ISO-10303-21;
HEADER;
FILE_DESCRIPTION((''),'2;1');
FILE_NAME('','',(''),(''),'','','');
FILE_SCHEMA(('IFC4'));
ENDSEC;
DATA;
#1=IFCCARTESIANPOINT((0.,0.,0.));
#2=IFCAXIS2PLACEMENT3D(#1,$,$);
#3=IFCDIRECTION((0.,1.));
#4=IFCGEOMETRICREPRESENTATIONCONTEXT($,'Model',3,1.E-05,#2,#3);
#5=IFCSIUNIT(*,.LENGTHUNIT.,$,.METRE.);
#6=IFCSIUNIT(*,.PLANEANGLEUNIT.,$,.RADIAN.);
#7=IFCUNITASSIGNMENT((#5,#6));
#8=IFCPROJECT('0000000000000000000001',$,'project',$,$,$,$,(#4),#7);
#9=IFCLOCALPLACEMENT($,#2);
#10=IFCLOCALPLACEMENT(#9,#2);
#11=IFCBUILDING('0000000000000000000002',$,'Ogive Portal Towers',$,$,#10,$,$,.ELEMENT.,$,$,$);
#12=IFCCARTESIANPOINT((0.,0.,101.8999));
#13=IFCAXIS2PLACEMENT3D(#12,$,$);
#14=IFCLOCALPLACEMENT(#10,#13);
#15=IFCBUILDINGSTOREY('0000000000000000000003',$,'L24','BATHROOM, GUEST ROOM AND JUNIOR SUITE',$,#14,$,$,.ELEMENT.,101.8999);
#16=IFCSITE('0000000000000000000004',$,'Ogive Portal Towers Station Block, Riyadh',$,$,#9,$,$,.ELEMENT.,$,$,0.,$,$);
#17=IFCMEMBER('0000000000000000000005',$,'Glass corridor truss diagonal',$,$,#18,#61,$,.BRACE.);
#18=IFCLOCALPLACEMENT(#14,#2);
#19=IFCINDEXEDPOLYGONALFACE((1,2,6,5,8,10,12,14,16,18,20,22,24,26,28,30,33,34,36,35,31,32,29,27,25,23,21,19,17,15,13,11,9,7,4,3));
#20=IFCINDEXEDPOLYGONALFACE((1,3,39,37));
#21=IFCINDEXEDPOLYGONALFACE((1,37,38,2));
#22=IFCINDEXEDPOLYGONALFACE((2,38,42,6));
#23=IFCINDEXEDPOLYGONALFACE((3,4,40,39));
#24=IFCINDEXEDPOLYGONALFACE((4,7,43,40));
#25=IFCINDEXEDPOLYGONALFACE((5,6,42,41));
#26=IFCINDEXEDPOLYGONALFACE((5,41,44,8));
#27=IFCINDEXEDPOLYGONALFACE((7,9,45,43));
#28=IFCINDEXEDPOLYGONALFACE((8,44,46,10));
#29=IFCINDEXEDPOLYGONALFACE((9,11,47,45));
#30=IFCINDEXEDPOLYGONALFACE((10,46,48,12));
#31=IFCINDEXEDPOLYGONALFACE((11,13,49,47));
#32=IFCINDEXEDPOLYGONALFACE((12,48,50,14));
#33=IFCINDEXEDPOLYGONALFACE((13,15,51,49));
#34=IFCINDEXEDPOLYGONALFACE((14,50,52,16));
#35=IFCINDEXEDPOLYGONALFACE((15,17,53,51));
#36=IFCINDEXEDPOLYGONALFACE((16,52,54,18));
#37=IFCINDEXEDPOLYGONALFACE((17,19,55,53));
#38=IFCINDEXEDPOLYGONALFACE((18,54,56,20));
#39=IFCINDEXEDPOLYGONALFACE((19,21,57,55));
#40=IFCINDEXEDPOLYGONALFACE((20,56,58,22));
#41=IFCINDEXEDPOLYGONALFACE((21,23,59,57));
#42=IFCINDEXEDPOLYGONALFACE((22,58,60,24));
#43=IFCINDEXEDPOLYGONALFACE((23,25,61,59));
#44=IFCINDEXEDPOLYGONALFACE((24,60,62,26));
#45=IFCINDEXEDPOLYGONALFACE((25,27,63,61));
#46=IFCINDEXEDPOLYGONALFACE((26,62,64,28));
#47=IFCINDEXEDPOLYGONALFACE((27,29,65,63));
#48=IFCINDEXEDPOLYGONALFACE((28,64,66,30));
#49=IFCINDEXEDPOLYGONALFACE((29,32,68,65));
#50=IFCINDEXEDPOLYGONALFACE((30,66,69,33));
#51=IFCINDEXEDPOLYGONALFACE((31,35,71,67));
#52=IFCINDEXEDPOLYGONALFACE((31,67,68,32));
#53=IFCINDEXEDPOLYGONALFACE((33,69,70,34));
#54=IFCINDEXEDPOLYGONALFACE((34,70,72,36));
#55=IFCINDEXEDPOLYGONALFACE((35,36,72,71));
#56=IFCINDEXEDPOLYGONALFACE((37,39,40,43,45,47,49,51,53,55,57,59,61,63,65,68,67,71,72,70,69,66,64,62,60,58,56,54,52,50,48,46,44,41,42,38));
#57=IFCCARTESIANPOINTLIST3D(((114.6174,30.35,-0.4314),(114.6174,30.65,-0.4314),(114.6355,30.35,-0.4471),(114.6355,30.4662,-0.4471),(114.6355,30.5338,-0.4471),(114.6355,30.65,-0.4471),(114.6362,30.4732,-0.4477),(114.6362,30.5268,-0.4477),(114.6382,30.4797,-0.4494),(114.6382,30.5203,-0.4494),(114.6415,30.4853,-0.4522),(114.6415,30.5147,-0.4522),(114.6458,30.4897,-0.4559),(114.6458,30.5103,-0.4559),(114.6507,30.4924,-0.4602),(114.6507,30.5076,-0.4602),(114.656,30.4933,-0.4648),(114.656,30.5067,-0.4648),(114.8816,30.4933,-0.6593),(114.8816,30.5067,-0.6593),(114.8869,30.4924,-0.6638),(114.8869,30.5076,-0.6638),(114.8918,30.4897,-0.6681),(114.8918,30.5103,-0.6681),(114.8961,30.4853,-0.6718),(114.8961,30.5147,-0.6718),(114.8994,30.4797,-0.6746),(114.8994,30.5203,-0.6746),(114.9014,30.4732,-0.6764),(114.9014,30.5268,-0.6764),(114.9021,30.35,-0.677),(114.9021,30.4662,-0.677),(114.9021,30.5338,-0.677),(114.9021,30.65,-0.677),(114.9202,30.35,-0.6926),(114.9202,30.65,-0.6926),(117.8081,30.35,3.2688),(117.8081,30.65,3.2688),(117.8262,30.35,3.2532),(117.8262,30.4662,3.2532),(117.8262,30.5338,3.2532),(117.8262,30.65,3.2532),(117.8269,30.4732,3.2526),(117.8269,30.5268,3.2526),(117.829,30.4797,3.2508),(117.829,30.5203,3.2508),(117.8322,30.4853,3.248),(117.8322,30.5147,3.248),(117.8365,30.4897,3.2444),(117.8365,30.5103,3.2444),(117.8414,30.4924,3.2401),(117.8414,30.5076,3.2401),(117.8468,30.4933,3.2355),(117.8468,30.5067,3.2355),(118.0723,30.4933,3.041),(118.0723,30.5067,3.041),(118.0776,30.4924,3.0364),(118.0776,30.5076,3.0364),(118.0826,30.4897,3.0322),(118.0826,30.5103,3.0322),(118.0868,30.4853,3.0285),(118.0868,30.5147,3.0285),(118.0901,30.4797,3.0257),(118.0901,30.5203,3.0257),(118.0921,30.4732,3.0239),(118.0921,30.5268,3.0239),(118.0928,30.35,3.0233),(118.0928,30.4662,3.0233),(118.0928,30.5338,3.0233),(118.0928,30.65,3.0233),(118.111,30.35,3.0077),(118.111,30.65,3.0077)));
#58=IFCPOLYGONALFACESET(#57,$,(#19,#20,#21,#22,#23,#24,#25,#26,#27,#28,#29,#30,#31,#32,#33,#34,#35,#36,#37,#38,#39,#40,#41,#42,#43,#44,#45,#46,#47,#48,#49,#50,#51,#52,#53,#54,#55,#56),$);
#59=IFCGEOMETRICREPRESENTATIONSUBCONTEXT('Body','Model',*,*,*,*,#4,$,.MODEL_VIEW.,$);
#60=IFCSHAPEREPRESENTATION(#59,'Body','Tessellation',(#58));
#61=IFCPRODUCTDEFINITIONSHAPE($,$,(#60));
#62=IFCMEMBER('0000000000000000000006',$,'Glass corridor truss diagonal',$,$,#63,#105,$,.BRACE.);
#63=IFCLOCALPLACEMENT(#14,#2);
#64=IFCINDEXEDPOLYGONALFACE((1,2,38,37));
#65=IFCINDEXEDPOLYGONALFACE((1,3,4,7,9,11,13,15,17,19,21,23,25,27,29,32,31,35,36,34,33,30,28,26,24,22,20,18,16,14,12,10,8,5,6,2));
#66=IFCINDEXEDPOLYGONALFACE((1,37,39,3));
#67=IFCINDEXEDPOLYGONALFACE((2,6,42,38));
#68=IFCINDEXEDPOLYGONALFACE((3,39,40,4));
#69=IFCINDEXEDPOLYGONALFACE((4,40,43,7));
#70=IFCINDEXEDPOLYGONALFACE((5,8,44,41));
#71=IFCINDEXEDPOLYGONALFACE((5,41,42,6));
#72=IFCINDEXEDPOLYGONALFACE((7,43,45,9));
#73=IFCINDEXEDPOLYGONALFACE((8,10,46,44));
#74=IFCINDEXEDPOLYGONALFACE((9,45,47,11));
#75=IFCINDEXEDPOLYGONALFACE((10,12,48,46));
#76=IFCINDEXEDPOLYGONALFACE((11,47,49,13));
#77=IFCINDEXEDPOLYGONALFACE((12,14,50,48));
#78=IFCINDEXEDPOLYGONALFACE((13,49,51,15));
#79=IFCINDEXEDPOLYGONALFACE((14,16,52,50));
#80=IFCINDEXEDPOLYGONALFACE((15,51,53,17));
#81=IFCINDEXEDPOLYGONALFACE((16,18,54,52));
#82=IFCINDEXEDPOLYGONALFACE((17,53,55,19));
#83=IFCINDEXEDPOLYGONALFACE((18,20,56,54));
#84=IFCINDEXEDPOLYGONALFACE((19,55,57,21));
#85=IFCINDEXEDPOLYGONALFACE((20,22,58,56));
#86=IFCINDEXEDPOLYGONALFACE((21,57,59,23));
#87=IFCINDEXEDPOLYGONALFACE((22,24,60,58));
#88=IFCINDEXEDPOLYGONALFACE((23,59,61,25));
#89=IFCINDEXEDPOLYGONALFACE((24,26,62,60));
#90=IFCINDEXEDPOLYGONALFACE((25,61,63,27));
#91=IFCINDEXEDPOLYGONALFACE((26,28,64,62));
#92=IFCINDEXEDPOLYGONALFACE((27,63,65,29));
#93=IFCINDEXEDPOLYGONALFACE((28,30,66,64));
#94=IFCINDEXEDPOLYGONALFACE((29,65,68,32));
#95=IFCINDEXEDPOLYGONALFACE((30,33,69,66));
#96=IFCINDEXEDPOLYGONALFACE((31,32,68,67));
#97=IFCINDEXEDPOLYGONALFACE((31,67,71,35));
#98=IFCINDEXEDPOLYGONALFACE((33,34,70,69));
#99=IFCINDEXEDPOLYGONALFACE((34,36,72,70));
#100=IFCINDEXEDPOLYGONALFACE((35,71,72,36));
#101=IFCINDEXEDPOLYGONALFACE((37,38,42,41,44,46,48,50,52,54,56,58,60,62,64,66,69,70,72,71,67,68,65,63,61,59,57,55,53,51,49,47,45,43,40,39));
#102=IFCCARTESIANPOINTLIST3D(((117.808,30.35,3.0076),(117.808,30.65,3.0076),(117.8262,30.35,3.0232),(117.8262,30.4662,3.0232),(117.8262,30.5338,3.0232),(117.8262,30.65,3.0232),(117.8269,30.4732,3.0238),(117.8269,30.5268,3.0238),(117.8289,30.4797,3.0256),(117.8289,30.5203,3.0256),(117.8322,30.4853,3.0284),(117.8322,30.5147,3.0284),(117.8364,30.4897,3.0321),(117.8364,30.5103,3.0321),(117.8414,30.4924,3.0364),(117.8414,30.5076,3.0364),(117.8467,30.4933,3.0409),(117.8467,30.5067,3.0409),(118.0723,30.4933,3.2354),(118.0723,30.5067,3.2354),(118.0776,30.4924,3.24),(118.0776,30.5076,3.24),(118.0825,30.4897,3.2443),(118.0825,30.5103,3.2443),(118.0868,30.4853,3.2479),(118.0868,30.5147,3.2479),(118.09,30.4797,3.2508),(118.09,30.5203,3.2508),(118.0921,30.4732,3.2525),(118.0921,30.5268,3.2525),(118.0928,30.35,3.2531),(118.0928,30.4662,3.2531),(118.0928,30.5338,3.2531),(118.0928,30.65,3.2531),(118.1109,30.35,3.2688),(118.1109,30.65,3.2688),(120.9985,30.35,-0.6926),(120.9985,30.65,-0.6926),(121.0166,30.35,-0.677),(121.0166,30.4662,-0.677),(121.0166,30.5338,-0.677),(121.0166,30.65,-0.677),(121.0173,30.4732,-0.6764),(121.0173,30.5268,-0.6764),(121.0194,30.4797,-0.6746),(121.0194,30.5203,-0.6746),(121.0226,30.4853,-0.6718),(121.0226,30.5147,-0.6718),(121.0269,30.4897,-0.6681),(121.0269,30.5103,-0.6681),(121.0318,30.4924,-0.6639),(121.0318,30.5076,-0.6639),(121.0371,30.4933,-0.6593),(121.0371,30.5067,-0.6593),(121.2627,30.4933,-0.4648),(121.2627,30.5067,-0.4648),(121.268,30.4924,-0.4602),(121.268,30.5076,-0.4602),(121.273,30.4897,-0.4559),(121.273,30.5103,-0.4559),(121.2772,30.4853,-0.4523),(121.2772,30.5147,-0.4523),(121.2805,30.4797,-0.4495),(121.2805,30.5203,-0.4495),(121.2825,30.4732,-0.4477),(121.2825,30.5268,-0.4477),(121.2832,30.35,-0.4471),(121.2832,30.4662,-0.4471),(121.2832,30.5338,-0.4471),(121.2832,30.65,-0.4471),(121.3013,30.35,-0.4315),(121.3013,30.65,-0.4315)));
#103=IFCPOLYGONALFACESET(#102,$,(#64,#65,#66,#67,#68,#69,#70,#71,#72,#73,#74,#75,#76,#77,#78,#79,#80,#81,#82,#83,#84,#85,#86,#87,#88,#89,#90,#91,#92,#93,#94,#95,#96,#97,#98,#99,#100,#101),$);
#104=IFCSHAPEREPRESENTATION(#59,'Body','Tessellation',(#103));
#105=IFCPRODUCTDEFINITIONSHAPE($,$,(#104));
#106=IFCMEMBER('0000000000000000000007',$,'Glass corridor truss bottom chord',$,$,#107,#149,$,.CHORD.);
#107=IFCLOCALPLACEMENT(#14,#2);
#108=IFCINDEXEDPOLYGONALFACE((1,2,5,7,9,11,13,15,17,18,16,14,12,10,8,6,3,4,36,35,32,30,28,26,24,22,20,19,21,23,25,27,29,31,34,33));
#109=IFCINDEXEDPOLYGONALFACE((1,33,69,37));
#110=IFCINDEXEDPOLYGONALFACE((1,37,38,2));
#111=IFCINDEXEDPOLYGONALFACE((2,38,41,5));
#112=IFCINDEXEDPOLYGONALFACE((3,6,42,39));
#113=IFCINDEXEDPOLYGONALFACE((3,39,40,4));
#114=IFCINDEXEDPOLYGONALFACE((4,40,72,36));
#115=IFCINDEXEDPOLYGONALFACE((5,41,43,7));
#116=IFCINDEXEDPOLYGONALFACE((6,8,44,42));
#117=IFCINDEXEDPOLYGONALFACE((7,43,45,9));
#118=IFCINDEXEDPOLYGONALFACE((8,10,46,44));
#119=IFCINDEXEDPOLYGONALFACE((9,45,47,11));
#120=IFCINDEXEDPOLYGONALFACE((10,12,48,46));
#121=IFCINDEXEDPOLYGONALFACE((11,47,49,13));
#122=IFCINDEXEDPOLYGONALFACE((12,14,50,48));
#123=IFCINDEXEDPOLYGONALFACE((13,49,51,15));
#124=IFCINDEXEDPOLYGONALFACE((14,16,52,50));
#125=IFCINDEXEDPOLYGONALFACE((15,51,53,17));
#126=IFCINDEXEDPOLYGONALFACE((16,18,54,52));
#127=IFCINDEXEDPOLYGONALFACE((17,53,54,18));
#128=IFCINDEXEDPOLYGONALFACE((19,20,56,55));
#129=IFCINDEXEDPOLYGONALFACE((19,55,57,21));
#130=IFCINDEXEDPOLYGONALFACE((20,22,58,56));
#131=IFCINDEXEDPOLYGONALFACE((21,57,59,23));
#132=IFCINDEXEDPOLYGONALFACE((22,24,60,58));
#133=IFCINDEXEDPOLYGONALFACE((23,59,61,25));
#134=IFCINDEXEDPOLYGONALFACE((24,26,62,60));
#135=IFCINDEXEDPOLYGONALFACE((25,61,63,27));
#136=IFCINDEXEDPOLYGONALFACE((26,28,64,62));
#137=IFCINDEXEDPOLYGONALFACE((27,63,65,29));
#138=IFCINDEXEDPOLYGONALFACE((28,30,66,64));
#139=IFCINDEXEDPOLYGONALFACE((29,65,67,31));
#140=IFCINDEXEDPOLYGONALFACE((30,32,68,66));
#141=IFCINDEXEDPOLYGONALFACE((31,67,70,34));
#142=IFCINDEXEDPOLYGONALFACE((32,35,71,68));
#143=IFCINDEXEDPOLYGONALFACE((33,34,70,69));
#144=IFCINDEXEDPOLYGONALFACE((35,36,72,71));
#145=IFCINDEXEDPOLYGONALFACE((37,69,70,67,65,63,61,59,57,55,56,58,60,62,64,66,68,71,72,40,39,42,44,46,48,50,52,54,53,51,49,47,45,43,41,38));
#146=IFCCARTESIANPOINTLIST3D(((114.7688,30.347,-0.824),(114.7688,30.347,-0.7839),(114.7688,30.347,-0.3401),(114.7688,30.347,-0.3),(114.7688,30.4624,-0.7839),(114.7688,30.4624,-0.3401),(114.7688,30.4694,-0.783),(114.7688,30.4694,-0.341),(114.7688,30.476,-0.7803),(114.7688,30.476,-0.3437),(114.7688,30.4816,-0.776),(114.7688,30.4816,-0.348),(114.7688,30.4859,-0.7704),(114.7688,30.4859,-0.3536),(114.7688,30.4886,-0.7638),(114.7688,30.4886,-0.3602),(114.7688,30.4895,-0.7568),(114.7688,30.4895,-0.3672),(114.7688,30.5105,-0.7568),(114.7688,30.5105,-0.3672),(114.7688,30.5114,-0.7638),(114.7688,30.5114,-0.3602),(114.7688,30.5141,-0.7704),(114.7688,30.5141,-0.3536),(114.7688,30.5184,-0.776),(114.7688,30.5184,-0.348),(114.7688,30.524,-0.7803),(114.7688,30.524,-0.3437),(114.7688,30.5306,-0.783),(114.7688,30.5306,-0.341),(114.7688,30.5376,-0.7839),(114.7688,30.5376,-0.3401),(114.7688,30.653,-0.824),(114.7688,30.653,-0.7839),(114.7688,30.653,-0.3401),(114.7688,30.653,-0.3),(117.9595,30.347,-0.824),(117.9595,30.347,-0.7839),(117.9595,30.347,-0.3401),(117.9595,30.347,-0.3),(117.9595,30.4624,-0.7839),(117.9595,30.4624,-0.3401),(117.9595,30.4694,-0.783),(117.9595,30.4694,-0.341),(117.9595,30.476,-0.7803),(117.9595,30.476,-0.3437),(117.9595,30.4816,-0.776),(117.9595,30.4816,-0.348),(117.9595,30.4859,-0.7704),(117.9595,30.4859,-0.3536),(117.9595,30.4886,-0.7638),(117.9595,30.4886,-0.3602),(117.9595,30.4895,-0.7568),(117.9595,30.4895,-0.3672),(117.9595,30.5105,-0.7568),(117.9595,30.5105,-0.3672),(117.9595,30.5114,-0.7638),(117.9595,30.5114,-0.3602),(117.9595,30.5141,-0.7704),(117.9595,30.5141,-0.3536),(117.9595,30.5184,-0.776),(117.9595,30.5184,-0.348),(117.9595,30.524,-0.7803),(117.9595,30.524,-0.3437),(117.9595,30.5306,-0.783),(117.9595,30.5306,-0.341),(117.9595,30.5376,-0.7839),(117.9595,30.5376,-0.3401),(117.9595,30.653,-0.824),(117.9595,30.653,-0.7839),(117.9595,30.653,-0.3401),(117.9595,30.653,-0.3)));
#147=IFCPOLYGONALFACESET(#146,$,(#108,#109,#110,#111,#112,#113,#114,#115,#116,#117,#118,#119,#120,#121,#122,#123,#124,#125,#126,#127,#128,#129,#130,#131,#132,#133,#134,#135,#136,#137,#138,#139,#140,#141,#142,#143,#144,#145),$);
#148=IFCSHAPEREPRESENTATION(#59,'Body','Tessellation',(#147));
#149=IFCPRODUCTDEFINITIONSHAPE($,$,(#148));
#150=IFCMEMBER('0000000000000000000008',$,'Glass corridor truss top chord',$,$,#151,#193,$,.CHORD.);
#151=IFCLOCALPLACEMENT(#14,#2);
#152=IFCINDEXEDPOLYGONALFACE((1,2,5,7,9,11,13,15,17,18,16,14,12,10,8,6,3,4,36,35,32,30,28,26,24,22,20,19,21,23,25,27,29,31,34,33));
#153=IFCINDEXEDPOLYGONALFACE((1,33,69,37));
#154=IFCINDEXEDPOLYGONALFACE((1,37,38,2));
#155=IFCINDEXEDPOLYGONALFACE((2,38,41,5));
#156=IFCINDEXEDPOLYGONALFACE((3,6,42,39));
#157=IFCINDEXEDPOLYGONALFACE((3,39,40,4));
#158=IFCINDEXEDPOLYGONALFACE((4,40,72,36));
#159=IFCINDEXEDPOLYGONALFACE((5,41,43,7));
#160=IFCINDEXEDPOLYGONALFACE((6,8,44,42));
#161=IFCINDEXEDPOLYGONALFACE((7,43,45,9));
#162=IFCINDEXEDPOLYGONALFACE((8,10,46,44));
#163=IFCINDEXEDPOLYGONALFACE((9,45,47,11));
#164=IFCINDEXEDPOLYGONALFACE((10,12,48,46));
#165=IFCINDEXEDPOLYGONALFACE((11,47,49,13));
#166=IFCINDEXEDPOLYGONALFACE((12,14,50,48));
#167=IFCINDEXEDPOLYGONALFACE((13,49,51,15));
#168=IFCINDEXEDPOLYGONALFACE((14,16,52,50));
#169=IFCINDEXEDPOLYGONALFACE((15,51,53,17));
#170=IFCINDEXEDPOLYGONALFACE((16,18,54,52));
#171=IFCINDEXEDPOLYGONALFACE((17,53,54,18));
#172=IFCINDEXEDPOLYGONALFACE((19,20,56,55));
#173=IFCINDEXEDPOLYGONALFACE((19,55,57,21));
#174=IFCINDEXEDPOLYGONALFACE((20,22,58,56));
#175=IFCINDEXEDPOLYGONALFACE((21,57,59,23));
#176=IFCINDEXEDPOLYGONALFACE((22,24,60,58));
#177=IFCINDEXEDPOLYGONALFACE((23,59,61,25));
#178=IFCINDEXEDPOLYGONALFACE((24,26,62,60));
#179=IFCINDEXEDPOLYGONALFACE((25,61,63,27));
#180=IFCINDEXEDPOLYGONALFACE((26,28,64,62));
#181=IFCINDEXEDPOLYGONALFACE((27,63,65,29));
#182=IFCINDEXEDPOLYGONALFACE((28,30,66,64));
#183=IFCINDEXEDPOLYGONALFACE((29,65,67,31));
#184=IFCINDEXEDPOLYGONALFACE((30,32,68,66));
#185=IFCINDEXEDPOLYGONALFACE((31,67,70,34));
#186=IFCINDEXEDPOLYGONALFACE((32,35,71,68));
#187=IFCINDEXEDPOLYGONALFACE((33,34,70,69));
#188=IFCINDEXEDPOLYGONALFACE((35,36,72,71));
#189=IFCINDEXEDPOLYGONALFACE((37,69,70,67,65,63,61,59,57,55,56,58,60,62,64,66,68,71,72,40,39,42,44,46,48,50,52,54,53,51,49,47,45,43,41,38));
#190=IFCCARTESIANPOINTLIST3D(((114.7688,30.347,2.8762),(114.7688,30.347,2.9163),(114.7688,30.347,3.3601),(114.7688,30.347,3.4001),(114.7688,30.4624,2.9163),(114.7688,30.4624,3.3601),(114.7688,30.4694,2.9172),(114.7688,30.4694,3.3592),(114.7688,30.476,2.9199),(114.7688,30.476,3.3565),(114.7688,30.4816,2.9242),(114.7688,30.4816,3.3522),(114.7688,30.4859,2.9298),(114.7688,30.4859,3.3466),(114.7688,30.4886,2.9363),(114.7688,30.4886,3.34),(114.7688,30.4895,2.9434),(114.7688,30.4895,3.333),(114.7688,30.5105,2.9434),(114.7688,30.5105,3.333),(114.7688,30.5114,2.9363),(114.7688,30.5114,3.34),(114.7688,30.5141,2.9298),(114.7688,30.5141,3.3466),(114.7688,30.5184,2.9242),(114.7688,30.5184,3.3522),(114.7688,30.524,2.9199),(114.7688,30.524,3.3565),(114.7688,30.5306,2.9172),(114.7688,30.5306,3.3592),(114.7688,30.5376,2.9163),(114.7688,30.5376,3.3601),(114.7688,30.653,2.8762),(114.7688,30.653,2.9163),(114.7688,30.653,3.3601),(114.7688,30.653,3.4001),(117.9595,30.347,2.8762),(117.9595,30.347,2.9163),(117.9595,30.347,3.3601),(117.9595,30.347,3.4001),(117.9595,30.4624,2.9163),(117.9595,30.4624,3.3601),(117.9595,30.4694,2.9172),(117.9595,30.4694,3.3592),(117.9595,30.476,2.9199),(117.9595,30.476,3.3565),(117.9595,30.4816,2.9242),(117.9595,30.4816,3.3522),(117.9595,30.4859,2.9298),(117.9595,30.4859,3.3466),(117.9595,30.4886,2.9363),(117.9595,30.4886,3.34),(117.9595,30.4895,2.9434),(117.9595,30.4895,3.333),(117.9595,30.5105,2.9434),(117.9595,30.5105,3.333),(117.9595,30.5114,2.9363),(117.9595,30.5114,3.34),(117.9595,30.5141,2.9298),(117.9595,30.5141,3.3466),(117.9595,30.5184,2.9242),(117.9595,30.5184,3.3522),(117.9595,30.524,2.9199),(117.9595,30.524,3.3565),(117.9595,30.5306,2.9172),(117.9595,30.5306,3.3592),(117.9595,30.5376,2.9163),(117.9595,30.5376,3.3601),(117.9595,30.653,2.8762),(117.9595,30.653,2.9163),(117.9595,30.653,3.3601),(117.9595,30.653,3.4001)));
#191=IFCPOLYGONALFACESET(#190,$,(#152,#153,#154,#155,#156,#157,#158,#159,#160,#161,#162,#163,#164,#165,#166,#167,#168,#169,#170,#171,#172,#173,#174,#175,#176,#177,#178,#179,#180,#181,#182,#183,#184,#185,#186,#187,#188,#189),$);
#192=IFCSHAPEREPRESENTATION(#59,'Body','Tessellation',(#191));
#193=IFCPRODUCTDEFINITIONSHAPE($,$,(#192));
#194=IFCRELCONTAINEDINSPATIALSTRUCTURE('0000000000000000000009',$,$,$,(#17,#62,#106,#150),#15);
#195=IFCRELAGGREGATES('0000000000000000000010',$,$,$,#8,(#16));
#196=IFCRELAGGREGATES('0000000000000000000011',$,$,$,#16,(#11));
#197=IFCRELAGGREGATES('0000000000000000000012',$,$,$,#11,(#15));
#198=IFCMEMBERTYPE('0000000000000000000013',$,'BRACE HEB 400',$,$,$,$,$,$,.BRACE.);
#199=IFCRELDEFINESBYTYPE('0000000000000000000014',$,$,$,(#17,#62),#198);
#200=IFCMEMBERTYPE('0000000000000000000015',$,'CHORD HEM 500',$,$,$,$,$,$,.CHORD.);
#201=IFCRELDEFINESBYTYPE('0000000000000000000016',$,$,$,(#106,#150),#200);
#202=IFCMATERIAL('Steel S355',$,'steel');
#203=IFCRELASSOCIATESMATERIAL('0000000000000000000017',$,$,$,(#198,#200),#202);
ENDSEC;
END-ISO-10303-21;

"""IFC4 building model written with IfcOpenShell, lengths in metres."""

from ifc_helpers import new_model, si_unit, direction, frame, origin, origin_2d, place, context, subcontext, project, spatial, i_section, extrude, material, material_profile, profile_set, type_object, element, save


model = new_model("IFC4")

# Units and contexts
model_context = context("Model", 3, precision=1e-05, world=origin(), true_north=direction((0.0, 1.0)))
body_context = subcontext(model_context, "Body", "Model", "MODEL_VIEW")
ifc_project = project(units=[si_unit("LENGTHUNIT", "METRE"), si_unit("PLANEANGLEUNIT", "RADIAN")], contexts=[model_context])

# Site, building, storey
site_placement = place(None, origin())
site = spatial("IfcSite", under=ifc_project, at=site_placement, Name="Ogive Portal Towers Station Block, Riyadh", CompositionType="ELEMENT", RefElevation=0.0)
building_placement = place(site_placement, origin())
building = spatial("IfcBuilding", under=site, at=building_placement, Name="Ogive Portal Towers", CompositionType="ELEMENT")
storey_placement = place(building_placement, frame((0.0, 0.0, 101.8999)))
storey = spatial("IfcBuildingStorey", under=building, at=storey_placement, Name="L24", Description="BATHROOM, GUEST ROOM AND JUNIOR SUITE", CompositionType="ELEMENT", Elevation=101.8999)

# Members
ifc_material_1 = material(Name="Steel S355", Category="steel")
ifc_material_profile_1 = material_profile(ifc_material_1, i_section(OverallWidth=0.3, OverallDepth=0.3999, WebThickness=0.0134, FlangeThickness=0.0239, FilletRadius=0.0271, at=origin_2d()), Name="HEB 400")
ifc_profile_set_1 = profile_set([ifc_material_profile_1], Name="Steel S355")
member_type_1 = type_object("IfcMemberType", Name="BRACE HEB 400", PredefinedType="BRACE", material=ifc_profile_set_1)
member_1_placement = place(storey_placement, frame((114.7688, 30.5, -0.562), z_axis=(0.653039, 0.0, 0.757324), x_axis=(0.0, 1.0, 0.0)))
element("IfcMember", 1, at=member_1_placement, inside=storey, type_object=member_type_1, Name="Glass corridor truss diagonal", PredefinedType="BRACE", context=body_context, shape_type="SweptSolid", body=[
    extrude(i_section(OverallWidth=0.3, OverallDepth=0.3999, WebThickness=0.0134, FlangeThickness=0.0239, FilletRadius=0.0271, at=origin_2d()), origin(), (0.0, 0.0, 1.0), 4.886),
])
member_2_placement = place(storey_placement, frame((117.9595, 30.5, 3.1382), z_axis=(0.653011, 0.0, -0.757349), x_axis=(0.0, 1.0, 0.0)))
element("IfcMember", 2, at=member_2_placement, inside=storey, type_object=member_type_1, Name="Glass corridor truss diagonal", PredefinedType="BRACE", context=body_context, shape_type="SweptSolid", body=[
    extrude(i_section(OverallWidth=0.3, OverallDepth=0.3999, WebThickness=0.0134, FlangeThickness=0.0239, FilletRadius=0.0271, at=origin_2d()), origin(), (0.0, 0.0, 1.0), 4.8857),
])
ifc_material_profile_2 = material_profile(ifc_material_1, i_section(OverallWidth=0.3059, OverallDepth=0.5239, WebThickness=0.021, FlangeThickness=0.04, FilletRadius=0.0271, at=origin_2d()), Name="HEM 500")
ifc_profile_set_2 = profile_set([ifc_material_profile_2], Name="Steel S355")
member_type_2 = type_object("IfcMemberType", Name="CHORD HEM 500", PredefinedType="CHORD", material=ifc_profile_set_2)
for number, where, z_axis, x_axis, name in (
    (3, (114.7688, 30.5, -0.562), (1.0, 0.0, 0.0), (0.0, 1.0, 0.0), "Glass corridor truss bottom chord"),
    (4, (114.7688, 30.5, 3.1382), (1.0, 0.0, 0.0), (0.0, 1.0, 0.0), "Glass corridor truss top chord"),
):
    element("IfcMember", number, at=place(storey_placement, frame(where, z_axis=z_axis, x_axis=x_axis)), inside=storey, type_object=member_type_2, Name=name, PredefinedType="CHORD", context=body_context, shape_type="SweptSolid", body=[
        extrude(i_section(OverallWidth=0.3059, OverallDepth=0.5239, WebThickness=0.021, FlangeThickness=0.04, FilletRadius=0.0271, at=origin_2d()), origin(), (0.0, 0.0, 1.0), 3.1907),
    ])

save(model, "model.ifc")
